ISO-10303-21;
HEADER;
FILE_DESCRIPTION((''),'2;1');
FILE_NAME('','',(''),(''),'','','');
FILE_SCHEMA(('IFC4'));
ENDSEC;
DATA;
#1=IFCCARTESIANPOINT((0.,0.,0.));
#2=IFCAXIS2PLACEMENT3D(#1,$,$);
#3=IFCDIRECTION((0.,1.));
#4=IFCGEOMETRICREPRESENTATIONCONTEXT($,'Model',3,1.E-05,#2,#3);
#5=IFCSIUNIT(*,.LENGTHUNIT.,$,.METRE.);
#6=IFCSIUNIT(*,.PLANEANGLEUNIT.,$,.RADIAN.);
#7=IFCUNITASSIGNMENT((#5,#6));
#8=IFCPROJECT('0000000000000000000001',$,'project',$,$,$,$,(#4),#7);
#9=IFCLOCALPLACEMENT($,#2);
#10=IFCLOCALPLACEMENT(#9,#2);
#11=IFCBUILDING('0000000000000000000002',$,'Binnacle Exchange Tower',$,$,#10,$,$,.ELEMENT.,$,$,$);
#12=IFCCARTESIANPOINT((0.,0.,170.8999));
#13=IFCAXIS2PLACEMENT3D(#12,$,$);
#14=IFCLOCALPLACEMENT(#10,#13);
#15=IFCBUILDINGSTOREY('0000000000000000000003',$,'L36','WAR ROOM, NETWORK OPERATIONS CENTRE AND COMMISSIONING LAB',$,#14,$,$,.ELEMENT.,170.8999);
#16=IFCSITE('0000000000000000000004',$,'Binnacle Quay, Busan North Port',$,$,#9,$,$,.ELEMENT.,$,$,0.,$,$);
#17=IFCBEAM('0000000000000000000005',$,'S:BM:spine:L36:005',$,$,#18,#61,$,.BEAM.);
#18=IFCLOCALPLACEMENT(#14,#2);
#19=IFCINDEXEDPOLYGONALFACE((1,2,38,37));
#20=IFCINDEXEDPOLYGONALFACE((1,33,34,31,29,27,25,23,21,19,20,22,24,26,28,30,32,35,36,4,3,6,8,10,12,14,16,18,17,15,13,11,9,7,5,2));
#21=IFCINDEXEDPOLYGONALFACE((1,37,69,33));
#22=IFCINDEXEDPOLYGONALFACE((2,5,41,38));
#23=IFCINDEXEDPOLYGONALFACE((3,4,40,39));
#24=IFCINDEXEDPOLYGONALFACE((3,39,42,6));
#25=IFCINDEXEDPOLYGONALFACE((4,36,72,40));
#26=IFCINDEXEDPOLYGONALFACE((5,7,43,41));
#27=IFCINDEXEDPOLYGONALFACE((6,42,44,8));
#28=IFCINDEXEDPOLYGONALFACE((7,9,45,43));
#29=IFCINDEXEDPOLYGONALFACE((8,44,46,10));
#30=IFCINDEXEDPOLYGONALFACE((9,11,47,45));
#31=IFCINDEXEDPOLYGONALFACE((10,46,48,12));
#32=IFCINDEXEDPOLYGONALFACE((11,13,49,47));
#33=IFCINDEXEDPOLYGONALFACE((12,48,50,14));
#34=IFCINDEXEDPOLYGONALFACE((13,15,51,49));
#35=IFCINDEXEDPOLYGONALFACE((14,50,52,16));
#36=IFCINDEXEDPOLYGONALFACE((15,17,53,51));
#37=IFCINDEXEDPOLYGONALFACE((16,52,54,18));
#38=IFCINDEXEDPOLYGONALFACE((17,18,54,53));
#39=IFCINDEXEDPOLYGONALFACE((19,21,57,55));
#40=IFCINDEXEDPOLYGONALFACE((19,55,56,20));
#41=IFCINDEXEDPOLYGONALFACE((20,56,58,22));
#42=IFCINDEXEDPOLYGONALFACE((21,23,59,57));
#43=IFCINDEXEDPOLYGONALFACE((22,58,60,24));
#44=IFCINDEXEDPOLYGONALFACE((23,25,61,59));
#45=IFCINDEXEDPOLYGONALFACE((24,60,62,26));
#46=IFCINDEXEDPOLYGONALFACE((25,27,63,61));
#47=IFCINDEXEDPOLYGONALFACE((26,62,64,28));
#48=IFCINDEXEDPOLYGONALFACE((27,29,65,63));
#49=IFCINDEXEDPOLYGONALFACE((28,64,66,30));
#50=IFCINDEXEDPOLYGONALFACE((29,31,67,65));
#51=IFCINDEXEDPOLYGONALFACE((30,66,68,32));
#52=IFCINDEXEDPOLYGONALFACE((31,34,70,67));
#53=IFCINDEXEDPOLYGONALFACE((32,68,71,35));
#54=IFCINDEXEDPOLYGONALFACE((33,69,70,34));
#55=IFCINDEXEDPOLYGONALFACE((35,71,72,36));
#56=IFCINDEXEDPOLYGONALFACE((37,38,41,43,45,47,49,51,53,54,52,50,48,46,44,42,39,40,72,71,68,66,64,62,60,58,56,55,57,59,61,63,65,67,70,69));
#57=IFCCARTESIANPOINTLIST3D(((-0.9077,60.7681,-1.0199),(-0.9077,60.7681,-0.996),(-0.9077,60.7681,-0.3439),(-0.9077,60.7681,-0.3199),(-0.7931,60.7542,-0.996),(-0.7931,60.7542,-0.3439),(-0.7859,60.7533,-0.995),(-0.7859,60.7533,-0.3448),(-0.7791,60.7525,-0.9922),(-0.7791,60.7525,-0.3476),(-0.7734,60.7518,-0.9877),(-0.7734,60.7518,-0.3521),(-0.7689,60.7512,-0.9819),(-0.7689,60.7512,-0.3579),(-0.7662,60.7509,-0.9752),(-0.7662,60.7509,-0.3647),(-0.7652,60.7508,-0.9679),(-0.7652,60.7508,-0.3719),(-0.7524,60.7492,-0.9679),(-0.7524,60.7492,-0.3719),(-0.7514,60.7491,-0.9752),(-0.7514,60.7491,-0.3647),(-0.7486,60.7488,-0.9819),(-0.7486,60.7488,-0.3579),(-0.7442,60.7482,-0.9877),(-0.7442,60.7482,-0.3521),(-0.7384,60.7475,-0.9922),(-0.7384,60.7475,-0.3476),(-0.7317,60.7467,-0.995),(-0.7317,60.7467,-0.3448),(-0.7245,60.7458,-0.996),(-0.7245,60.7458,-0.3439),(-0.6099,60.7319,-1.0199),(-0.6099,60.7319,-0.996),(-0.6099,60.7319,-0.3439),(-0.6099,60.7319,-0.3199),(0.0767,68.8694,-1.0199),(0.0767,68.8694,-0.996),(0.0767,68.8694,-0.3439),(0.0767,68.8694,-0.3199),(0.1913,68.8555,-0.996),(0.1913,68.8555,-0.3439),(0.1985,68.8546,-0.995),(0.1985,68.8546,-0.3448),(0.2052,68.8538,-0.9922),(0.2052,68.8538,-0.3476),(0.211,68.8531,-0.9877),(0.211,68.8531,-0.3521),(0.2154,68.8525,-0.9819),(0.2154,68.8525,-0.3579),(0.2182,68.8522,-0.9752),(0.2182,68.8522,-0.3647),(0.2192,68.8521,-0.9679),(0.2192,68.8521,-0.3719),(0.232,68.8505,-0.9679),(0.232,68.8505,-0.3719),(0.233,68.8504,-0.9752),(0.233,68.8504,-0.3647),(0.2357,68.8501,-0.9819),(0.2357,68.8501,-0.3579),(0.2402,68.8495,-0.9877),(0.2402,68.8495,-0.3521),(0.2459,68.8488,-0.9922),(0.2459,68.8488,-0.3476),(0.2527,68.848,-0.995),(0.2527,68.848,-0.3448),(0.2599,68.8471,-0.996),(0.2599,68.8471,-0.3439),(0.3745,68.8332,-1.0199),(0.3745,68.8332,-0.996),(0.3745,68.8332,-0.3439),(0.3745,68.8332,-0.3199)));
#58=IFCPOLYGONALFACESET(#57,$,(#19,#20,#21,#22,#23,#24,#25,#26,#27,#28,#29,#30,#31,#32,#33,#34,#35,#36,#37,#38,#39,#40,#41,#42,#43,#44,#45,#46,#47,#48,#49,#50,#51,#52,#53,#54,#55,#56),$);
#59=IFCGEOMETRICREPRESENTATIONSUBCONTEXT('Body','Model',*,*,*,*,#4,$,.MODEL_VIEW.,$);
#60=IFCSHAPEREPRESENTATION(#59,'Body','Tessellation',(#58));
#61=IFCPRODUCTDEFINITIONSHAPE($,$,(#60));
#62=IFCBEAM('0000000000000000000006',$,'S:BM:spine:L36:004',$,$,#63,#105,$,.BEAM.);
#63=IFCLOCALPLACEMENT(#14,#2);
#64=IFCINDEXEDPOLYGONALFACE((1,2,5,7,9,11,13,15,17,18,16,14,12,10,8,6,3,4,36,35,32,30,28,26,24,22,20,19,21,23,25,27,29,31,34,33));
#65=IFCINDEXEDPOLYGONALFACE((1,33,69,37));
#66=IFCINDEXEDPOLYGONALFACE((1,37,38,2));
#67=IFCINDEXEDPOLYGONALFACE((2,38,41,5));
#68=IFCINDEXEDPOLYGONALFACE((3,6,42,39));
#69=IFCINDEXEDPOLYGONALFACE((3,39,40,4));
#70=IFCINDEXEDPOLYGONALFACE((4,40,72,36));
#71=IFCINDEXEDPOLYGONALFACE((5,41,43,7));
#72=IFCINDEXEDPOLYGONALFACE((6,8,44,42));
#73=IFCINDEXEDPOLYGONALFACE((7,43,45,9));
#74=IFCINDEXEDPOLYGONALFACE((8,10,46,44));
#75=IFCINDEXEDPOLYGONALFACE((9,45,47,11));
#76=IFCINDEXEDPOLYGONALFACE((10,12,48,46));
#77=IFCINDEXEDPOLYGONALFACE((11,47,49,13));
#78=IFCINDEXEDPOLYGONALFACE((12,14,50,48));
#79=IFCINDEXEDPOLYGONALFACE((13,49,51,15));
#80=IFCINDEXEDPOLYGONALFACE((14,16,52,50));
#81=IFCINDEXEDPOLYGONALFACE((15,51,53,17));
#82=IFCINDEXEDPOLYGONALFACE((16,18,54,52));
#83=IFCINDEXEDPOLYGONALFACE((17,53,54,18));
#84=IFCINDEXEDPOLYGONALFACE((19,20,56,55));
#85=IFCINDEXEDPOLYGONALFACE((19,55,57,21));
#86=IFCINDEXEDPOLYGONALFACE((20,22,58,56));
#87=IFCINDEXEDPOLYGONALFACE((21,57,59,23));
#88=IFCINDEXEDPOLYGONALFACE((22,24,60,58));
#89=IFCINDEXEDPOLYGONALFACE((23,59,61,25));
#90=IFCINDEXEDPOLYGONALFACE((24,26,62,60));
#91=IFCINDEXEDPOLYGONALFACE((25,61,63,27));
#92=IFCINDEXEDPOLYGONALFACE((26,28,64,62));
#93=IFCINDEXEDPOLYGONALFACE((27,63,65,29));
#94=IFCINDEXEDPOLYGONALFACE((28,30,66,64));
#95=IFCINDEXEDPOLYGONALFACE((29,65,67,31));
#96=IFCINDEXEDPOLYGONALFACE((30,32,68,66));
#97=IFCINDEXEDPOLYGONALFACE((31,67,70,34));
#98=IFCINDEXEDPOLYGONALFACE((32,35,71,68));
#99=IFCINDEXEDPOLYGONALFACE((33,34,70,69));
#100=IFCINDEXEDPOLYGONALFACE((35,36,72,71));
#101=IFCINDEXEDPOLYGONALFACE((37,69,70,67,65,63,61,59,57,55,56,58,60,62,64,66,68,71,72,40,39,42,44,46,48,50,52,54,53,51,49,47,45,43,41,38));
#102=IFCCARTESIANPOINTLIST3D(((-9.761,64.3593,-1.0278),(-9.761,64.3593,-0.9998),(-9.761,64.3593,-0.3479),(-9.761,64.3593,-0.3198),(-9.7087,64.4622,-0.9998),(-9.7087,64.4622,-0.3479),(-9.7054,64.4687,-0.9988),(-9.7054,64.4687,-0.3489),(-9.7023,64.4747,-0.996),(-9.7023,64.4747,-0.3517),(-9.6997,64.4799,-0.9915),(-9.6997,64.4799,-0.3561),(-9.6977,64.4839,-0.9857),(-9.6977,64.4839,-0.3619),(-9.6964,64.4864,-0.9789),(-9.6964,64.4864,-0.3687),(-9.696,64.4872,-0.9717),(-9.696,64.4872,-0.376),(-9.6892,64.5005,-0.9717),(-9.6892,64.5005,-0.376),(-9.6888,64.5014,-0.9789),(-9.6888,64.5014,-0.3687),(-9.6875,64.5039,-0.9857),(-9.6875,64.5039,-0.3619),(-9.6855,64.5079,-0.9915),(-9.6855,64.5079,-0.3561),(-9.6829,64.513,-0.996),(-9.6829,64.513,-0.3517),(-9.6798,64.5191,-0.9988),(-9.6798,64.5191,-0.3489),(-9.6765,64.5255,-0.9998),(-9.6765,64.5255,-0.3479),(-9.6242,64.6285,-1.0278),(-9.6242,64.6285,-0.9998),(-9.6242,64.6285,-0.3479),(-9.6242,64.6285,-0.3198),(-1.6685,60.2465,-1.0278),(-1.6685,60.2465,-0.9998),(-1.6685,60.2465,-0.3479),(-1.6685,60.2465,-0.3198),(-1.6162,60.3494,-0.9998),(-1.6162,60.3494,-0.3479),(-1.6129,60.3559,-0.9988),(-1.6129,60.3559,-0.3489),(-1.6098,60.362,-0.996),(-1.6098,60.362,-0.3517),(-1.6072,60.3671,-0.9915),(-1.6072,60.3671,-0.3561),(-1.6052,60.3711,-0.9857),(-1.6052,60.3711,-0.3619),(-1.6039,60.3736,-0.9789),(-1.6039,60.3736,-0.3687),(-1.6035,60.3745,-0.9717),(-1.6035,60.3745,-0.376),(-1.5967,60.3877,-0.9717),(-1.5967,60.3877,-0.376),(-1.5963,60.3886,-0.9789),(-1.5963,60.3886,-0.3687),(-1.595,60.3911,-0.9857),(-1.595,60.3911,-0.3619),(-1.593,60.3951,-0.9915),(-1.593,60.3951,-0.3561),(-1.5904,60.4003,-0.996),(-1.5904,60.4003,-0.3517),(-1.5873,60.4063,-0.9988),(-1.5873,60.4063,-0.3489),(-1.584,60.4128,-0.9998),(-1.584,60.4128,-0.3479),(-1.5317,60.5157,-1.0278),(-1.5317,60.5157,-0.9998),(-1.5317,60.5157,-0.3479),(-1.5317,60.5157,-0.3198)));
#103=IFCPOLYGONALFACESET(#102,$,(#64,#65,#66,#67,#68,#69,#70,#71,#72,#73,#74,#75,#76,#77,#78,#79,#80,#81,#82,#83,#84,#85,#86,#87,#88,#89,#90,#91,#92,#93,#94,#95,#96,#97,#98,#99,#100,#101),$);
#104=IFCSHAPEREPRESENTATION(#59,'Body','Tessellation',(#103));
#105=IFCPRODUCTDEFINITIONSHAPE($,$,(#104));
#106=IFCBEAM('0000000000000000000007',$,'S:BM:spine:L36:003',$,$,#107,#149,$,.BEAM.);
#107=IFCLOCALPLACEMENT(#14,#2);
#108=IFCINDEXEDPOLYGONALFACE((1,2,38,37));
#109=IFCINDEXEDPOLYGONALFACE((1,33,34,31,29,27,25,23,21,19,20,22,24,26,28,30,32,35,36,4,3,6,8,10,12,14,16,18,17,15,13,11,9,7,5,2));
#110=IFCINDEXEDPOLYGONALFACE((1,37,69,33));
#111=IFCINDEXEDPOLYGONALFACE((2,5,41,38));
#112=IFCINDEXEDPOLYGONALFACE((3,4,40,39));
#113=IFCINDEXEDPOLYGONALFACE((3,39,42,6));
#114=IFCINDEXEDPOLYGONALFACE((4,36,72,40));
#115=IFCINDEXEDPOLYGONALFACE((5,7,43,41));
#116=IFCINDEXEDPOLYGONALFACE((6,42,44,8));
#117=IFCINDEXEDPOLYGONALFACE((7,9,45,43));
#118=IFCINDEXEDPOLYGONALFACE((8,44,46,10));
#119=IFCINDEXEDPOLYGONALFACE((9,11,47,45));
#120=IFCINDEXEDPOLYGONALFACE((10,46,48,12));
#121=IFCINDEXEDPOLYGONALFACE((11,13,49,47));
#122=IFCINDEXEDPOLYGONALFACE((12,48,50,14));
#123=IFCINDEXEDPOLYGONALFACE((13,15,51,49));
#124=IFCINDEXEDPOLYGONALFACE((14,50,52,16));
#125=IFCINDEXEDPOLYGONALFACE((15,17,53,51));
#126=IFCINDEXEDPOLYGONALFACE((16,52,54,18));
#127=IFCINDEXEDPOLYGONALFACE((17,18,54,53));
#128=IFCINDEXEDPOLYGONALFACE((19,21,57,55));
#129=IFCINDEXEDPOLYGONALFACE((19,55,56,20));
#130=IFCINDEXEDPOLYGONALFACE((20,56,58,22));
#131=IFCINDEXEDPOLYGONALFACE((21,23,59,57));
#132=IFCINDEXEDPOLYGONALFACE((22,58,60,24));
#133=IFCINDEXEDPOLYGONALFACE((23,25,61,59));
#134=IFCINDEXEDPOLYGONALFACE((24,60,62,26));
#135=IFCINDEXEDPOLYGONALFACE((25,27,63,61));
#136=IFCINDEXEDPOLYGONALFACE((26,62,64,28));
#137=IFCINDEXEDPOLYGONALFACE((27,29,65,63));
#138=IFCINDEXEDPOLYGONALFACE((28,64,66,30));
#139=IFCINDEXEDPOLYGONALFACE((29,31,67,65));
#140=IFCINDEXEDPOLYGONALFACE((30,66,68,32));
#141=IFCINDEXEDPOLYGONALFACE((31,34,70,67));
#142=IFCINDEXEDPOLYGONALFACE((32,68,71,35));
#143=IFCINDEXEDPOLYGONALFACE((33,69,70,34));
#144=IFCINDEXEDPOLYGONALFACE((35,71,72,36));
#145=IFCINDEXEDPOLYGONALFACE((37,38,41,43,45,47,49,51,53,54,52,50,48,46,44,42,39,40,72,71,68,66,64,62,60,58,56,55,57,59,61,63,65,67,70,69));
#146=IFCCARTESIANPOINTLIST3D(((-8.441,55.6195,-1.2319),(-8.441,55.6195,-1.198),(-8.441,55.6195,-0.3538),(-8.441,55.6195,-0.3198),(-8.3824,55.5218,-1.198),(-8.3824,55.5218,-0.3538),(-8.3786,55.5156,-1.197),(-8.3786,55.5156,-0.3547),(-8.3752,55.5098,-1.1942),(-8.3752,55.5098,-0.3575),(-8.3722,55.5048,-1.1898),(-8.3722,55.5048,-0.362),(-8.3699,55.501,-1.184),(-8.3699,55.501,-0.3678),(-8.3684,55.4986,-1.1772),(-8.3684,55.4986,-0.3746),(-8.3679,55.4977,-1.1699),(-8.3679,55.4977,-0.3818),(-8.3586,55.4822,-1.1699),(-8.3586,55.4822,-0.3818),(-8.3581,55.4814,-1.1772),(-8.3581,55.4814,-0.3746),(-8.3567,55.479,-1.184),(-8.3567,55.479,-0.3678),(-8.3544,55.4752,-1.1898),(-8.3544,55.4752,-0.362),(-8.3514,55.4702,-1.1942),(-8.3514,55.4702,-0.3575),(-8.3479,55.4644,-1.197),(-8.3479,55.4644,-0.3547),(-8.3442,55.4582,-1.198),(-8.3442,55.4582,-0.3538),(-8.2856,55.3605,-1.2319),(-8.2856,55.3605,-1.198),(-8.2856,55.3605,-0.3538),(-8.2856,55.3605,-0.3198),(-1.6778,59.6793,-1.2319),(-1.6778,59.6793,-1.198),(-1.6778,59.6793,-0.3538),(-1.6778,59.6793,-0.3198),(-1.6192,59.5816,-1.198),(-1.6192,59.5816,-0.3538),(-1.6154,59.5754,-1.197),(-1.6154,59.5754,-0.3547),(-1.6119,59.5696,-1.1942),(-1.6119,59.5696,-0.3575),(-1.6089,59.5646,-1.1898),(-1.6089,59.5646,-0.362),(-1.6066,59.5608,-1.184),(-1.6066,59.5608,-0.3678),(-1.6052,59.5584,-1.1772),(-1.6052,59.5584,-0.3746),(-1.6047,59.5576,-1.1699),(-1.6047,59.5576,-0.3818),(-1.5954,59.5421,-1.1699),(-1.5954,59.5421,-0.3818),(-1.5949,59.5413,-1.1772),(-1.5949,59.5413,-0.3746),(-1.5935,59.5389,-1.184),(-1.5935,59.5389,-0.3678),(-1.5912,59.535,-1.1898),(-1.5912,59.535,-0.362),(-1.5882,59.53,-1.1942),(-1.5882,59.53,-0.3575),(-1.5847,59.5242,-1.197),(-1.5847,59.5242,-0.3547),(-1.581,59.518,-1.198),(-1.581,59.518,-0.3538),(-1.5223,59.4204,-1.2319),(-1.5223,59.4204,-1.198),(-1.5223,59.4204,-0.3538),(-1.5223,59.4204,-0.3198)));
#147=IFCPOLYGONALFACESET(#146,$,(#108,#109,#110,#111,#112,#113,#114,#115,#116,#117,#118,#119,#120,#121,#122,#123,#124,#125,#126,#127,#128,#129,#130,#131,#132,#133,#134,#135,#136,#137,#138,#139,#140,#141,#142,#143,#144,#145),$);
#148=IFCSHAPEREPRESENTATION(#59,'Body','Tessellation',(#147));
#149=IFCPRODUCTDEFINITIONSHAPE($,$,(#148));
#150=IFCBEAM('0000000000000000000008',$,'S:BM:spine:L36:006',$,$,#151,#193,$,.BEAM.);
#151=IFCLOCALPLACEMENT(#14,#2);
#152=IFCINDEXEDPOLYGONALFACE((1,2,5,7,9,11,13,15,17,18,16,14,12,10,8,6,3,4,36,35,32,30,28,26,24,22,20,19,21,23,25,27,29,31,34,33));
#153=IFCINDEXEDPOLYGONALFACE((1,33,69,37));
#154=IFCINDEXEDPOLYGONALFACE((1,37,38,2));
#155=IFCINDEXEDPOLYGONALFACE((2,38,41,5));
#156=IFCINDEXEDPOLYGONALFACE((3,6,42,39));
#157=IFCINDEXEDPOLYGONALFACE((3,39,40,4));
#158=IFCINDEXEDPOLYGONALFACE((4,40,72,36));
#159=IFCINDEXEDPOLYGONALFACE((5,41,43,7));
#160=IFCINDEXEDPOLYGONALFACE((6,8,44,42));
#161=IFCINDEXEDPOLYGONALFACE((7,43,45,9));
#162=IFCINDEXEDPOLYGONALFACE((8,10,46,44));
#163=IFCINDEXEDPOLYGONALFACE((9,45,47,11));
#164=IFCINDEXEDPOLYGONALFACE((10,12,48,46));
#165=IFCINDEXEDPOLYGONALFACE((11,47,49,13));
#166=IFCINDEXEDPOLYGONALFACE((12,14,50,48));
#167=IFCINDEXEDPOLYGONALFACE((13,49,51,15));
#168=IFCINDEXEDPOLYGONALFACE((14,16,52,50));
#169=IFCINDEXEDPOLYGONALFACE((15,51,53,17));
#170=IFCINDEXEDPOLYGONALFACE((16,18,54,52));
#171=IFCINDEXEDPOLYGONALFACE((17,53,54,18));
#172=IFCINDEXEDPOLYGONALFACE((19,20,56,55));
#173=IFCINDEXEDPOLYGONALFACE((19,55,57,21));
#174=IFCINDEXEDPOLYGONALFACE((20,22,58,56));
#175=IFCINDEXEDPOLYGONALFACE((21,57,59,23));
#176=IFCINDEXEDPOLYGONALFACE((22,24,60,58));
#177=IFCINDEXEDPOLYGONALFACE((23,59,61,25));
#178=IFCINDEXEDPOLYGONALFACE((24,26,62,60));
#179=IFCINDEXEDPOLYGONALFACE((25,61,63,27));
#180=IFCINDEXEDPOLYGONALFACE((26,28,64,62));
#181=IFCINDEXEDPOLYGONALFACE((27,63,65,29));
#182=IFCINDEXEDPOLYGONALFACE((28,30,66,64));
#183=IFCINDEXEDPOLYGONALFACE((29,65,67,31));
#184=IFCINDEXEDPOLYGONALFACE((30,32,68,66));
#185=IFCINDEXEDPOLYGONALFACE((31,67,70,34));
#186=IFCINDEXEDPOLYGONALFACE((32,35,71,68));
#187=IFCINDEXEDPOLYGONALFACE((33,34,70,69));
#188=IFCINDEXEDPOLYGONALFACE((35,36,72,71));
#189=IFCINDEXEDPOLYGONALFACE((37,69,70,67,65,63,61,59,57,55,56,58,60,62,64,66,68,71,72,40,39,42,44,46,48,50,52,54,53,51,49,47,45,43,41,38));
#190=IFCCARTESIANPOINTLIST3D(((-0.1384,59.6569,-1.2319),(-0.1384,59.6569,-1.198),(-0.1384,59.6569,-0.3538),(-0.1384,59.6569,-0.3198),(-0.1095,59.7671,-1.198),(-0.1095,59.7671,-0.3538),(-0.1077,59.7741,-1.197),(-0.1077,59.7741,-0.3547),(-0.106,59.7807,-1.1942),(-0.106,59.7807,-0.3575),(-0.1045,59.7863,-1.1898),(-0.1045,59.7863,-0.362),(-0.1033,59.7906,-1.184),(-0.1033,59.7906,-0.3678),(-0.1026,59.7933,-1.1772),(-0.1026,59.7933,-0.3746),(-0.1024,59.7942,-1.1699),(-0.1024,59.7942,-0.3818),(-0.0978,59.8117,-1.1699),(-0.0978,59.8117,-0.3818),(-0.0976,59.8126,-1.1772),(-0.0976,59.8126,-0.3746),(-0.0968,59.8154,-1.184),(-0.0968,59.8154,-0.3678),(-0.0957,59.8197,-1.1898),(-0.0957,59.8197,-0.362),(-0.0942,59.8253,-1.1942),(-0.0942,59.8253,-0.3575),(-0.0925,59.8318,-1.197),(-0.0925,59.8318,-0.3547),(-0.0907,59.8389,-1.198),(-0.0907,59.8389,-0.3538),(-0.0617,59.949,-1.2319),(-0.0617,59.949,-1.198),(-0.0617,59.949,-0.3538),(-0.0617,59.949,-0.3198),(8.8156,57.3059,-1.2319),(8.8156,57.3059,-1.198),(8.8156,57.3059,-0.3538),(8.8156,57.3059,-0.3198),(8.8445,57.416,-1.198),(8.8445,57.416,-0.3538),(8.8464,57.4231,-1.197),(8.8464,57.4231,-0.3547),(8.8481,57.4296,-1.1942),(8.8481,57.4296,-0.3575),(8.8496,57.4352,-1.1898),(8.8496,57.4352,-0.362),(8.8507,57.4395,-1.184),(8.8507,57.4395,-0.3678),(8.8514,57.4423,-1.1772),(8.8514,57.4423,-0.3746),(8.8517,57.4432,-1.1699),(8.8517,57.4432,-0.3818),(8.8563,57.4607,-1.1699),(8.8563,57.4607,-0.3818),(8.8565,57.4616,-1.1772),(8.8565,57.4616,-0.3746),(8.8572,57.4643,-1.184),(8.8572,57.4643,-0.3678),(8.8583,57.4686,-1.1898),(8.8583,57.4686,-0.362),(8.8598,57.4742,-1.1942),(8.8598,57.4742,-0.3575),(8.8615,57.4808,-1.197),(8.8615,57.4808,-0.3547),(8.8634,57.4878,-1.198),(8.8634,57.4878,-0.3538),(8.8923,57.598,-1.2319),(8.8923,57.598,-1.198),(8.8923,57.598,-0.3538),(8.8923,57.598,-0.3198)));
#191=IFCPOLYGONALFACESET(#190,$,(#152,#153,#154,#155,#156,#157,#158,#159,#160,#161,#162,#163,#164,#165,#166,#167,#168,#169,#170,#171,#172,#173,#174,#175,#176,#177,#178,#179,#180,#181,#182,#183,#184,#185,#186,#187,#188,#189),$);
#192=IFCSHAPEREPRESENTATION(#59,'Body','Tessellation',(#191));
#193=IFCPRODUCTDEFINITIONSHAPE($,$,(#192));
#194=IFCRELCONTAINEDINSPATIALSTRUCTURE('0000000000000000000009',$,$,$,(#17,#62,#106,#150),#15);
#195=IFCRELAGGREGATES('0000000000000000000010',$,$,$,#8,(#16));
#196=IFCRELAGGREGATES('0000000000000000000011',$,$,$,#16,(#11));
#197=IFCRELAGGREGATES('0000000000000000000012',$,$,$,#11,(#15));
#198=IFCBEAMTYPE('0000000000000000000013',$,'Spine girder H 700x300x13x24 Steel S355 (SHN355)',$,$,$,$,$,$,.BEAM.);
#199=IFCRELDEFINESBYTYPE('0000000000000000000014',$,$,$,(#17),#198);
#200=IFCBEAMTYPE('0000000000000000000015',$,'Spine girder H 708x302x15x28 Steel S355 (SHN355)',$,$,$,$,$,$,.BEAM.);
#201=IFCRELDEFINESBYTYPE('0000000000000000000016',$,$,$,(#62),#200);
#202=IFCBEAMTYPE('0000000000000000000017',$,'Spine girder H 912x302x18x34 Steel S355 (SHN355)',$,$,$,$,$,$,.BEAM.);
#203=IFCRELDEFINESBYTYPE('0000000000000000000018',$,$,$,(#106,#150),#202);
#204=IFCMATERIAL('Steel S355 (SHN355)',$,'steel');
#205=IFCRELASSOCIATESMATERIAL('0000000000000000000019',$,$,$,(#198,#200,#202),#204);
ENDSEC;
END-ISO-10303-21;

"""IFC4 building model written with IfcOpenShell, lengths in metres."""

from ifc_helpers import new_model, si_unit, direction, frame, origin, origin_2d, place, context, subcontext, project, spatial, i_section, extrude, material, material_profile, profile_set, type_object, element, save


model = new_model("IFC4")

# Units and contexts
model_context = context("Model", 3, precision=1e-05, world=origin(), true_north=direction((0.0, 1.0)))
body_context = subcontext(model_context, "Body", "Model", "MODEL_VIEW")
ifc_project = project(units=[si_unit("LENGTHUNIT", "METRE"), si_unit("PLANEANGLEUNIT", "RADIAN")], contexts=[model_context])

# Site, building, storey
site_placement = place(None, origin())
site = spatial("IfcSite", under=ifc_project, at=site_placement, Name="Binnacle Quay, Busan North Port", CompositionType="ELEMENT", RefElevation=0.0)
building_placement = place(site_placement, origin())
building = spatial("IfcBuilding", under=site, at=building_placement, Name="Binnacle Exchange Tower", CompositionType="ELEMENT")
storey_placement = place(building_placement, frame((0.0, 0.0, 170.8999)))
storey = spatial("IfcBuildingStorey", under=building, at=storey_placement, Name="L36", Description="WAR ROOM, NETWORK OPERATIONS CENTRE AND COMMISSIONING LAB", CompositionType="ELEMENT", Elevation=170.8999)

# Beams
ifc_material_1 = material(Name="Steel S355 (SHN355)", Category="steel")
ifc_material_profile_1 = material_profile(ifc_material_1, i_section(OverallWidth=0.3, OverallDepth=0.7, WebThickness=0.0129, FlangeThickness=0.0239, FilletRadius=0.0281, at=origin_2d()), Name="H 700x300x13x24")
ifc_profile_set_1 = profile_set([ifc_material_profile_1], Name="Steel S355 (SHN355)")
beam_type_1 = type_object("IfcBeamType", Name="Spine girder H 700x300x13x24 Steel S355 (SHN355)", PredefinedType="BEAM", material=ifc_profile_set_1)
beam_1_placement = place(storey_placement, frame((-0.7588, 60.75, -0.6699), z_axis=(0.120621, 0.992699, 0.0), x_axis=(-0.992699, 0.120621, 0.0)))
element("IfcBeam", 1, at=beam_1_placement, inside=storey, type_object=beam_type_1, Name="S:BM:spine:L36:005", PredefinedType="BEAM", context=body_context, shape_type="SweptSolid", body=[
    extrude(i_section(OverallWidth=0.3, OverallDepth=0.7, WebThickness=0.0129, FlangeThickness=0.0239, FilletRadius=0.0281, at=origin_2d()), origin(), (0.0, 0.0, 1.0), 8.1609),
])
ifc_material_profile_2 = material_profile(ifc_material_1, i_section(OverallWidth=0.302, OverallDepth=0.708, WebThickness=0.0149, FlangeThickness=0.0281, FilletRadius=0.0281, at=origin_2d()), Name="H 708x302x15x28")
ifc_profile_set_2 = profile_set([ifc_material_profile_2], Name="Steel S355 (SHN355)")
beam_type_2 = type_object("IfcBeamType", Name="Spine girder H 708x302x15x28 Steel S355 (SHN355)", PredefinedType="BEAM", material=ifc_profile_set_2)
beam_2_placement = place(storey_placement, frame((-1.6001, 60.3811, -0.6738), z_axis=(-0.891476, 0.453067, 0.0), x_axis=(-0.453067, -0.891476, 0.0)))
element("IfcBeam", 2, at=beam_2_placement, inside=storey, type_object=beam_type_2, Name="S:BM:spine:L36:004", PredefinedType="BEAM", context=body_context, shape_type="SweptSolid", body=[
    extrude(i_section(OverallWidth=0.302, OverallDepth=0.708, WebThickness=0.0149, FlangeThickness=0.0281, FilletRadius=0.0281, at=origin_2d()), origin(), (0.0, 0.0, 1.0), 9.0776),
])
ifc_material_profile_3 = material_profile(ifc_material_1, i_section(OverallWidth=0.302, OverallDepth=0.9121, WebThickness=0.0181, FlangeThickness=0.0339, FilletRadius=0.0281, at=origin_2d()), Name="H 912x302x18x34")
ifc_profile_set_3 = profile_set([ifc_material_profile_3], Name="Steel S355 (SHN355)")
beam_type_3 = type_object("IfcBeamType", Name="Spine girder H 912x302x18x34 Steel S355 (SHN355)", PredefinedType="BEAM", material=ifc_profile_set_3)
beam_3_placement = place(storey_placement, frame((-8.3633, 55.49, -0.7759), z_axis=(0.857386, 0.514673, 0.0), x_axis=(-0.514673, 0.857386, 0.0)))
element("IfcBeam", 3, at=beam_3_placement, inside=storey, type_object=beam_type_3, Name="S:BM:spine:L36:003", PredefinedType="BEAM", context=body_context, shape_type="SweptSolid", body=[
    extrude(i_section(OverallWidth=0.302, OverallDepth=0.9121, WebThickness=0.0181, FlangeThickness=0.0339, FilletRadius=0.0281, at=origin_2d()), origin(), (0.0, 0.0, 1.0), 7.8882),
])
beam_4_placement = place(storey_placement, frame((-0.1001, 59.803, -0.7759), z_axis=(0.967214, -0.253961, 0.0), x_axis=(0.253961, 0.967214, 0.0)))
element("IfcBeam", 4, at=beam_4_placement, inside=storey, type_object=beam_type_3, Name="S:BM:spine:L36:006", PredefinedType="BEAM", context=body_context, shape_type="SweptSolid", body=[
    extrude(i_section(OverallWidth=0.302, OverallDepth=0.9121, WebThickness=0.0181, FlangeThickness=0.0339, FilletRadius=0.0281, at=origin_2d()), origin(), (0.0, 0.0, 1.0), 9.2576),
])

save(model, "model.ifc")
